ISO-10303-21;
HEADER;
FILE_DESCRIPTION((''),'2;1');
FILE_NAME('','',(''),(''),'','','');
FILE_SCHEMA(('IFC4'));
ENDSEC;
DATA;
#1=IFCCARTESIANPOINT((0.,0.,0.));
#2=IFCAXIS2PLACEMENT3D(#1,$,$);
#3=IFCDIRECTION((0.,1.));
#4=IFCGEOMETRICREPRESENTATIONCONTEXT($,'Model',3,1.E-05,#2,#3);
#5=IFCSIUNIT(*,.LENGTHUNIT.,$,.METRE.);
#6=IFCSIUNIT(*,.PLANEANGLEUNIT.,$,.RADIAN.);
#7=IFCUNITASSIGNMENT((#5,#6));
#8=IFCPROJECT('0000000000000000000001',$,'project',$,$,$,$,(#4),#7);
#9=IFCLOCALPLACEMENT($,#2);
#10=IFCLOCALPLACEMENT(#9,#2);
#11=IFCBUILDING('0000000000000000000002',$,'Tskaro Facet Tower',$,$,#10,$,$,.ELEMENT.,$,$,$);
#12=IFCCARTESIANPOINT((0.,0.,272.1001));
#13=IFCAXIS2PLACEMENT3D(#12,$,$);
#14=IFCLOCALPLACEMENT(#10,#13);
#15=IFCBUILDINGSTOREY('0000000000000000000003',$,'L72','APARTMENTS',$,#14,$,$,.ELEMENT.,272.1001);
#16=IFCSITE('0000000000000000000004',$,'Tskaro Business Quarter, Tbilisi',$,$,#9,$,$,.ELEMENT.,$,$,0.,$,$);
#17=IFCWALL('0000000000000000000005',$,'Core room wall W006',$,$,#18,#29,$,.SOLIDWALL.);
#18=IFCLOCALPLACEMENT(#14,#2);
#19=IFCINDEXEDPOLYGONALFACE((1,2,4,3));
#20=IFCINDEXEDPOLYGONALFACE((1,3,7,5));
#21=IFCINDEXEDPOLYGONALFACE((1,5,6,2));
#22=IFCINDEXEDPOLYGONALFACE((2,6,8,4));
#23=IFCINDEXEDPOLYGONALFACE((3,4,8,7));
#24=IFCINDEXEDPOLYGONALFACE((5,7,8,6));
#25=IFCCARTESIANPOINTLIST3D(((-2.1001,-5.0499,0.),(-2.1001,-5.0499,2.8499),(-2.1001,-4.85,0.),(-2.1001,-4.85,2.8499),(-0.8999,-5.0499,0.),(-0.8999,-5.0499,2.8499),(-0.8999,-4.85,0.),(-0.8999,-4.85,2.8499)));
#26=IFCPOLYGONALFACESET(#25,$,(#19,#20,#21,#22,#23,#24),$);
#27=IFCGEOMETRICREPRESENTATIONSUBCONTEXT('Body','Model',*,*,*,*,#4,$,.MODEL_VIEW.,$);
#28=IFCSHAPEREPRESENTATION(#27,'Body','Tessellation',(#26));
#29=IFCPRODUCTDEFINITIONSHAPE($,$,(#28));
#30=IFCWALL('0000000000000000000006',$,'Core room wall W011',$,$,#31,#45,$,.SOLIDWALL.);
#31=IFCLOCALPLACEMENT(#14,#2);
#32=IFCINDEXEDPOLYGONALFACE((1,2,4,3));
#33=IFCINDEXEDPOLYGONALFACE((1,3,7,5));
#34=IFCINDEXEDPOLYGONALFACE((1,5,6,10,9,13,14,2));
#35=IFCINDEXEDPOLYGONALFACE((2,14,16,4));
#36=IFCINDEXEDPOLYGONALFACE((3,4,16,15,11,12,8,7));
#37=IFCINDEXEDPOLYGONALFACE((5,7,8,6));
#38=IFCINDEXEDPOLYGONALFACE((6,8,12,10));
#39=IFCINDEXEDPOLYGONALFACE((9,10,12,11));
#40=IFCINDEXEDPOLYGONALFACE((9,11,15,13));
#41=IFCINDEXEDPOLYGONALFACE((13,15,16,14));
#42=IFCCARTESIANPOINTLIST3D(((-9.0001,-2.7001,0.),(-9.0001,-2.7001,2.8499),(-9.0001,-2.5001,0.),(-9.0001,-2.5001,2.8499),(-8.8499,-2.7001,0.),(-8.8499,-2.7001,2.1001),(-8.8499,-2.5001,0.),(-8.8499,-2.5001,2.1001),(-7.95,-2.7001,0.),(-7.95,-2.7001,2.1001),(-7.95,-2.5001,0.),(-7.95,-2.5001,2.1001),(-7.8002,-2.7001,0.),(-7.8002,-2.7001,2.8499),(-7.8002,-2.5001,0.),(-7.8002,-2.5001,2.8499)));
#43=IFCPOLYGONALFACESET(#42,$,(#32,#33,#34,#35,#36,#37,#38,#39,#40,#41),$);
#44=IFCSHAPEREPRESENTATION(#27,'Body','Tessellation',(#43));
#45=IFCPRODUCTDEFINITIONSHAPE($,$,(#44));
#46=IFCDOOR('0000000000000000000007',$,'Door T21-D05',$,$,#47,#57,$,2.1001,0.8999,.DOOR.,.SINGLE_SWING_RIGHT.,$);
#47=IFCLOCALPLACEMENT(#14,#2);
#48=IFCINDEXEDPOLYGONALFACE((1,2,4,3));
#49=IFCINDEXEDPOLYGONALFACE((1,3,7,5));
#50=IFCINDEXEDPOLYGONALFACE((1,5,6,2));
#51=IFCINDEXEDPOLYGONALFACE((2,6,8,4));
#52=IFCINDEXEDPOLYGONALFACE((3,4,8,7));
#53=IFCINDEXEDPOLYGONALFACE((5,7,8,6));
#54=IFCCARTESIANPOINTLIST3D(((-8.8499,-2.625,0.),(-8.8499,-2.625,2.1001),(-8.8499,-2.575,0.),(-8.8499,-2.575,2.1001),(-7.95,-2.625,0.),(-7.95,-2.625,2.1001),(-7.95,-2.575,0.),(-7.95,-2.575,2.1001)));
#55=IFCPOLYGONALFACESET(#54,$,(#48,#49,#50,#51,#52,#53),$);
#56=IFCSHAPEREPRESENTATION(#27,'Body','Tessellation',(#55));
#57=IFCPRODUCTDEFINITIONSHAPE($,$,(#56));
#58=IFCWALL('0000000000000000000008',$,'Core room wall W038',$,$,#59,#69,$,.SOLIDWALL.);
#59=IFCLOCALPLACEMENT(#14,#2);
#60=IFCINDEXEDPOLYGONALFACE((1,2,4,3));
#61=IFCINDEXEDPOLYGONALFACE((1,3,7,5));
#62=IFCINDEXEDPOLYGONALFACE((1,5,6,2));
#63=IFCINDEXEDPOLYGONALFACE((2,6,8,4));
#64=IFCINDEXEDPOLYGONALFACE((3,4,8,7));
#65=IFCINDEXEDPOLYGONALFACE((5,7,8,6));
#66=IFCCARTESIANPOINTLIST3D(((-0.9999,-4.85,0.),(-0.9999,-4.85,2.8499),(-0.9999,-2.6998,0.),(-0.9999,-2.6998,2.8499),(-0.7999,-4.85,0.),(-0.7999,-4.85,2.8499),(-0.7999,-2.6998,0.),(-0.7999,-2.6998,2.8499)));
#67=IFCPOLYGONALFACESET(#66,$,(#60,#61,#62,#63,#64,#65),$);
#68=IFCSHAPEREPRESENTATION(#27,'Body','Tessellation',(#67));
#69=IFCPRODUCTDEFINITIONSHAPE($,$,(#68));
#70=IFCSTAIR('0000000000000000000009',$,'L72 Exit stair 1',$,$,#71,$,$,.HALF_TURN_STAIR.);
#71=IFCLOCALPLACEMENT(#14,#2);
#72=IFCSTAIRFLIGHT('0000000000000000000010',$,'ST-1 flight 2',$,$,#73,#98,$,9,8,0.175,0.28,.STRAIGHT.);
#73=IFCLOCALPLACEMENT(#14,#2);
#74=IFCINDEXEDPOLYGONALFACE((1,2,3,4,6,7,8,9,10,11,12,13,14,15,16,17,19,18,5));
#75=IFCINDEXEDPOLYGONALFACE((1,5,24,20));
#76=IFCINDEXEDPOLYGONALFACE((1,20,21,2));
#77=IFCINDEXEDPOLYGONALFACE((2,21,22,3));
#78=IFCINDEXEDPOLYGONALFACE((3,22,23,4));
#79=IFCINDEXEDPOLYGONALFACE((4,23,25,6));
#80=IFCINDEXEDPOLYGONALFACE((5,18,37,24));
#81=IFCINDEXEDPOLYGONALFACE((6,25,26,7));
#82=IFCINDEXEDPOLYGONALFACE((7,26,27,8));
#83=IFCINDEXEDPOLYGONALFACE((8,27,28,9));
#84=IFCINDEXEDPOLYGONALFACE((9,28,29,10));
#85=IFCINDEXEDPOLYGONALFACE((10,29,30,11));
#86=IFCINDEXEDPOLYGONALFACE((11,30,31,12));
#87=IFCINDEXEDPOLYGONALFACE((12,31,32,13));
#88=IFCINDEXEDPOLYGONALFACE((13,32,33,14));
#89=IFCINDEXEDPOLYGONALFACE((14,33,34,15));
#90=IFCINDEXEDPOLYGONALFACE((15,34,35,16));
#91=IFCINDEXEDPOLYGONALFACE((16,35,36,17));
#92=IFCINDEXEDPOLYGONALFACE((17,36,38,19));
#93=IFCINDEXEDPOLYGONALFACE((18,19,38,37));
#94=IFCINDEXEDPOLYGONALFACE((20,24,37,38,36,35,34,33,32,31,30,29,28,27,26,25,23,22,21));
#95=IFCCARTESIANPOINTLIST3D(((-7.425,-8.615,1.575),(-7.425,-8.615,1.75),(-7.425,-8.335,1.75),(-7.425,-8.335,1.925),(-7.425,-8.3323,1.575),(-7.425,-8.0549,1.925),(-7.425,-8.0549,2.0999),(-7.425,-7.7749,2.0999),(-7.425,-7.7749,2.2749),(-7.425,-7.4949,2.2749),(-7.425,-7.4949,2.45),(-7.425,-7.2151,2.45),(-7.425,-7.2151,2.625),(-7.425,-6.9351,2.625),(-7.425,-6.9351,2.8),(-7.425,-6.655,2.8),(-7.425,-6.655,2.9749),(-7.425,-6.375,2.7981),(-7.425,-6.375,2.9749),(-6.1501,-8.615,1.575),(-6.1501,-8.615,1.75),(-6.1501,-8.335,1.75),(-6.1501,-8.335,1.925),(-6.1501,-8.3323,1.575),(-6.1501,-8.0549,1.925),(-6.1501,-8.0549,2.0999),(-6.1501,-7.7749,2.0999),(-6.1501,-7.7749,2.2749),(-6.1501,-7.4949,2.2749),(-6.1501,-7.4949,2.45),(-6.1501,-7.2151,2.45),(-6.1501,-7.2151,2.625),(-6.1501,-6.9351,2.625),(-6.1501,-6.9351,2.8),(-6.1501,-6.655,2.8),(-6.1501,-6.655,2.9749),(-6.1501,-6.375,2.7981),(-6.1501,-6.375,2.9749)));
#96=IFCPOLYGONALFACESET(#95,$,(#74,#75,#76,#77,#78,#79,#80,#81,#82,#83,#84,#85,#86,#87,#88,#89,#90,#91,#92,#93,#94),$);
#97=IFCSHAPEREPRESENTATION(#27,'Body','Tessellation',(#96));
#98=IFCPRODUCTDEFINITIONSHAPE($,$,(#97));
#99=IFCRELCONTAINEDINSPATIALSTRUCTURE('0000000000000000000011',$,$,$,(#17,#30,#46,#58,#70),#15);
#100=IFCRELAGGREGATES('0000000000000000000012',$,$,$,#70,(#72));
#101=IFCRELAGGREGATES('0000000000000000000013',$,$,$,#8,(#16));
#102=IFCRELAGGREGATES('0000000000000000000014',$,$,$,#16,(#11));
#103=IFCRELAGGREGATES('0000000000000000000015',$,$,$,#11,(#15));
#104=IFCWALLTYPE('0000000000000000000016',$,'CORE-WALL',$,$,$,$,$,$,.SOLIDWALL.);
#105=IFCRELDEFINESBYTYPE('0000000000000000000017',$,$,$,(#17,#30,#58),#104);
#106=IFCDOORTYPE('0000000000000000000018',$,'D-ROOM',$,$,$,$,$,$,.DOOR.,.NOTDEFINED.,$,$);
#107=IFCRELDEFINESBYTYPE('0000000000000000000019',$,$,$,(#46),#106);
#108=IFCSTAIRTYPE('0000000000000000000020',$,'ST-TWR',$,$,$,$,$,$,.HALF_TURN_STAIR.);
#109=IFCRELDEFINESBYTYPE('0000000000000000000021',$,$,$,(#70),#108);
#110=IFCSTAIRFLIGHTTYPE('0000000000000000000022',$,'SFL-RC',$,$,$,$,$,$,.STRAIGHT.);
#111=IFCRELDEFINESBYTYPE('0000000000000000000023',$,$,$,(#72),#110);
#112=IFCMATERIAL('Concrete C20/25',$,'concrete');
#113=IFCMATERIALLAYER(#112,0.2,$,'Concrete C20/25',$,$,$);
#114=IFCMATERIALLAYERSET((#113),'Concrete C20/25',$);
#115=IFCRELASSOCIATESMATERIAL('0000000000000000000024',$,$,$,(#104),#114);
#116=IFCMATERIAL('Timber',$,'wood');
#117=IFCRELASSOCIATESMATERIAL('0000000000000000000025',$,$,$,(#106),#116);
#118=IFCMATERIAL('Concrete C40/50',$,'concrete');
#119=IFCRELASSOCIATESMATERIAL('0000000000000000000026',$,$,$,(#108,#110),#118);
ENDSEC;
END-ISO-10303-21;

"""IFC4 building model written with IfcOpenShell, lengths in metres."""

from ifc_helpers import new_model, si_unit, direction, frame, frame_2d, origin, place, context, subcontext, project, spatial, polyline, rectangle, outline, extrude, material, layer, layer_set, type_object, element, fill, aggregate, save


model = new_model("IFC4")

# Units and contexts
model_context = context("Model", 3, precision=1e-05, world=origin(), true_north=direction((0.0, 1.0)))
body_context = subcontext(model_context, "Body", "Model", "MODEL_VIEW")
ifc_project = project(units=[si_unit("LENGTHUNIT", "METRE"), si_unit("PLANEANGLEUNIT", "RADIAN")], contexts=[model_context])

# Site, building, storey
site_placement = place(None, origin())
site = spatial("IfcSite", under=ifc_project, at=site_placement, Name="Tskaro Business Quarter, Tbilisi", CompositionType="ELEMENT", RefElevation=0.0)
building_placement = place(site_placement, origin())
building = spatial("IfcBuilding", under=site, at=building_placement, Name="Tskaro Facet Tower", CompositionType="ELEMENT")
storey_placement = place(building_placement, frame((0.0, 0.0, 272.1001)))
storey = spatial("IfcBuildingStorey", under=building, at=storey_placement, Name="L72", Description="APARTMENTS", CompositionType="ELEMENT", Elevation=272.1001)

# Wall
ifc_material_1 = material(Name="Concrete C20/25", Category="concrete")
ifc_layer_1 = layer(ifc_material_1, 0.2, Name="Concrete C20/25")
ifc_layer_set_1 = layer_set([ifc_layer_1], Name="Concrete C20/25")
wall_type_1 = type_object("IfcWallType", Name="CORE-WALL", PredefinedType="SOLIDWALL", material=ifc_layer_set_1)
wall_1_placement = place(storey_placement, frame((-2.1001, -4.95, 0.0), z_axis=(0.0, 0.0, 1.0), x_axis=(1.0, 0.0, 0.0)))
element("IfcWall", 1, at=wall_1_placement, inside=storey, type_object=wall_type_1, Name="Core room wall W006", PredefinedType="SOLIDWALL", context=body_context, shape_type="SweptSolid", body=[
    extrude(rectangle(XDim=1.2002, YDim=0.2, at=frame_2d((0.6001, 0.0))), origin(), (0.0, 0.0, 1.0), 2.8499),
])

# Wall, opening, door
wall_2_placement = place(storey_placement, frame((-7.8, -2.6001, 0.0), z_axis=(0.0, 0.0, 1.0), x_axis=(-1.0, 0.0, 0.0)))
wall_2 = element("IfcWall", 2, at=wall_2_placement, inside=storey, type_object=wall_type_1, Name="Core room wall W011", PredefinedType="SOLIDWALL", context=body_context, shape_type="SweptSolid", body=[
    extrude(rectangle(XDim=1.2, YDim=0.2, at=frame_2d((0.6001, 0.0))), origin(), (0.0, 0.0, 1.0), 2.8499),
])
opening_1_placement = place(wall_2_placement, frame((0.1499, 0.0, 0.0)))
opening_1 = element("IfcOpeningElement", 3, at=opening_1_placement, cuts=wall_2, PredefinedType="OPENING", context=body_context, shape_type="SweptSolid", body=[
    extrude(rectangle(XDim=0.8999, YDim=2.1001, at=frame_2d((0.45, 1.05))), frame((0.0, 0.1099, 0.0), z_axis=(0.0, -1.0, 0.0), x_axis=(1.0, 0.0, 0.0)), (0.0, 0.0, 1.0), 0.22),
])
ifc_material_2 = material(Name="Timber", Category="wood")
door_type_1 = type_object("IfcDoorType", Name="D-ROOM", OperationType="NOTDEFINED", PredefinedType="DOOR", material=ifc_material_2)
door_1_placement = place(opening_1_placement, origin())
door_1 = element("IfcDoor", 4, at=door_1_placement, inside=storey, type_object=door_type_1, Name="Door T21-D05", OperationType="SINGLE_SWING_RIGHT", OverallHeight=2.1001, OverallWidth=0.8999, PredefinedType="DOOR", context=body_context, shape_type="SweptSolid", body=[
    extrude(rectangle(XDim=0.8999, YDim=2.1001, at=frame_2d((0.45, 1.05))), frame((0.0, 0.0249, 0.0), z_axis=(0.0, -1.0, 0.0), x_axis=(1.0, 0.0, 0.0)), (0.0, 0.0, 1.0), 0.05),
])
fill(opening_1, door_1)

# Wall
wall_3_placement = place(storey_placement, frame((-0.8999, -4.8501, 0.0), z_axis=(0.0, 0.0, 1.0), x_axis=(0.0, 1.0, 0.0)))
element("IfcWall", 5, at=wall_3_placement, inside=storey, type_object=wall_type_1, Name="Core room wall W038", PredefinedType="SOLIDWALL", context=body_context, shape_type="SweptSolid", body=[
    extrude(rectangle(XDim=2.1501, YDim=0.2, at=frame_2d((1.0752, 0.0))), origin(), (0.0, 0.0, 1.0), 2.8499),
])

# Stair, stair flight
ifc_material_3 = material(Name="Concrete C40/50", Category="concrete")
stair_type = type_object("IfcStairType", Name="ST-TWR", PredefinedType="HALF_TURN_STAIR", material=ifc_material_3)
stair_placement = place(storey_placement, origin())
stair = element("IfcStair", 6, at=stair_placement, inside=storey, type_object=stair_type, Name="L72 Exit stair 1", PredefinedType="HALF_TURN_STAIR")
stair_flight_type = type_object("IfcStairFlightType", Name="SFL-RC", PredefinedType="STRAIGHT", material=ifc_material_3)
stair_flight_placement = place(storey_placement, frame((-6.7876, -8.615, 1.575), z_axis=(0.0, 0.0, 1.0), x_axis=(0.0, 1.0, 0.0)))
stair_flight = element("IfcStairFlight", 7, at=stair_flight_placement, type_object=stair_flight_type, Name="ST-1 flight 2", NumberOfRisers=9, NumberOfTreads=8, PredefinedType="STRAIGHT", RiserHeight=0.175, TreadLength=0.28, context=body_context, shape_type="SweptSolid", body=[
    extrude(outline(polyline([(0.0, 0.0), (0.0, 0.175), (0.28, 0.175), (0.28, 0.3501), (0.5601, 0.3501), (0.5601, 0.5249), (0.8401, 0.5249), (0.8401, 0.7), (1.1201, 0.7), (1.1201, 0.875), (1.3999, 0.875), (1.3999, 1.05), (1.6799, 1.05), (1.6799, 1.2251), (1.96, 1.2251), (1.96, 1.3999), (2.24, 1.3999), (2.24, 1.575), (2.24, 1.2231), (0.2827, 0.0), (0.0, 0.0)])), frame((0.0, 0.6375, 0.0), z_axis=(0.0, -1.0, 0.0), x_axis=(1.0, 0.0, 0.0)), (0.0, 0.0, 1.0), 1.2749),
])
aggregate(stair, [stair_flight])

save(model, "model.ifc")
